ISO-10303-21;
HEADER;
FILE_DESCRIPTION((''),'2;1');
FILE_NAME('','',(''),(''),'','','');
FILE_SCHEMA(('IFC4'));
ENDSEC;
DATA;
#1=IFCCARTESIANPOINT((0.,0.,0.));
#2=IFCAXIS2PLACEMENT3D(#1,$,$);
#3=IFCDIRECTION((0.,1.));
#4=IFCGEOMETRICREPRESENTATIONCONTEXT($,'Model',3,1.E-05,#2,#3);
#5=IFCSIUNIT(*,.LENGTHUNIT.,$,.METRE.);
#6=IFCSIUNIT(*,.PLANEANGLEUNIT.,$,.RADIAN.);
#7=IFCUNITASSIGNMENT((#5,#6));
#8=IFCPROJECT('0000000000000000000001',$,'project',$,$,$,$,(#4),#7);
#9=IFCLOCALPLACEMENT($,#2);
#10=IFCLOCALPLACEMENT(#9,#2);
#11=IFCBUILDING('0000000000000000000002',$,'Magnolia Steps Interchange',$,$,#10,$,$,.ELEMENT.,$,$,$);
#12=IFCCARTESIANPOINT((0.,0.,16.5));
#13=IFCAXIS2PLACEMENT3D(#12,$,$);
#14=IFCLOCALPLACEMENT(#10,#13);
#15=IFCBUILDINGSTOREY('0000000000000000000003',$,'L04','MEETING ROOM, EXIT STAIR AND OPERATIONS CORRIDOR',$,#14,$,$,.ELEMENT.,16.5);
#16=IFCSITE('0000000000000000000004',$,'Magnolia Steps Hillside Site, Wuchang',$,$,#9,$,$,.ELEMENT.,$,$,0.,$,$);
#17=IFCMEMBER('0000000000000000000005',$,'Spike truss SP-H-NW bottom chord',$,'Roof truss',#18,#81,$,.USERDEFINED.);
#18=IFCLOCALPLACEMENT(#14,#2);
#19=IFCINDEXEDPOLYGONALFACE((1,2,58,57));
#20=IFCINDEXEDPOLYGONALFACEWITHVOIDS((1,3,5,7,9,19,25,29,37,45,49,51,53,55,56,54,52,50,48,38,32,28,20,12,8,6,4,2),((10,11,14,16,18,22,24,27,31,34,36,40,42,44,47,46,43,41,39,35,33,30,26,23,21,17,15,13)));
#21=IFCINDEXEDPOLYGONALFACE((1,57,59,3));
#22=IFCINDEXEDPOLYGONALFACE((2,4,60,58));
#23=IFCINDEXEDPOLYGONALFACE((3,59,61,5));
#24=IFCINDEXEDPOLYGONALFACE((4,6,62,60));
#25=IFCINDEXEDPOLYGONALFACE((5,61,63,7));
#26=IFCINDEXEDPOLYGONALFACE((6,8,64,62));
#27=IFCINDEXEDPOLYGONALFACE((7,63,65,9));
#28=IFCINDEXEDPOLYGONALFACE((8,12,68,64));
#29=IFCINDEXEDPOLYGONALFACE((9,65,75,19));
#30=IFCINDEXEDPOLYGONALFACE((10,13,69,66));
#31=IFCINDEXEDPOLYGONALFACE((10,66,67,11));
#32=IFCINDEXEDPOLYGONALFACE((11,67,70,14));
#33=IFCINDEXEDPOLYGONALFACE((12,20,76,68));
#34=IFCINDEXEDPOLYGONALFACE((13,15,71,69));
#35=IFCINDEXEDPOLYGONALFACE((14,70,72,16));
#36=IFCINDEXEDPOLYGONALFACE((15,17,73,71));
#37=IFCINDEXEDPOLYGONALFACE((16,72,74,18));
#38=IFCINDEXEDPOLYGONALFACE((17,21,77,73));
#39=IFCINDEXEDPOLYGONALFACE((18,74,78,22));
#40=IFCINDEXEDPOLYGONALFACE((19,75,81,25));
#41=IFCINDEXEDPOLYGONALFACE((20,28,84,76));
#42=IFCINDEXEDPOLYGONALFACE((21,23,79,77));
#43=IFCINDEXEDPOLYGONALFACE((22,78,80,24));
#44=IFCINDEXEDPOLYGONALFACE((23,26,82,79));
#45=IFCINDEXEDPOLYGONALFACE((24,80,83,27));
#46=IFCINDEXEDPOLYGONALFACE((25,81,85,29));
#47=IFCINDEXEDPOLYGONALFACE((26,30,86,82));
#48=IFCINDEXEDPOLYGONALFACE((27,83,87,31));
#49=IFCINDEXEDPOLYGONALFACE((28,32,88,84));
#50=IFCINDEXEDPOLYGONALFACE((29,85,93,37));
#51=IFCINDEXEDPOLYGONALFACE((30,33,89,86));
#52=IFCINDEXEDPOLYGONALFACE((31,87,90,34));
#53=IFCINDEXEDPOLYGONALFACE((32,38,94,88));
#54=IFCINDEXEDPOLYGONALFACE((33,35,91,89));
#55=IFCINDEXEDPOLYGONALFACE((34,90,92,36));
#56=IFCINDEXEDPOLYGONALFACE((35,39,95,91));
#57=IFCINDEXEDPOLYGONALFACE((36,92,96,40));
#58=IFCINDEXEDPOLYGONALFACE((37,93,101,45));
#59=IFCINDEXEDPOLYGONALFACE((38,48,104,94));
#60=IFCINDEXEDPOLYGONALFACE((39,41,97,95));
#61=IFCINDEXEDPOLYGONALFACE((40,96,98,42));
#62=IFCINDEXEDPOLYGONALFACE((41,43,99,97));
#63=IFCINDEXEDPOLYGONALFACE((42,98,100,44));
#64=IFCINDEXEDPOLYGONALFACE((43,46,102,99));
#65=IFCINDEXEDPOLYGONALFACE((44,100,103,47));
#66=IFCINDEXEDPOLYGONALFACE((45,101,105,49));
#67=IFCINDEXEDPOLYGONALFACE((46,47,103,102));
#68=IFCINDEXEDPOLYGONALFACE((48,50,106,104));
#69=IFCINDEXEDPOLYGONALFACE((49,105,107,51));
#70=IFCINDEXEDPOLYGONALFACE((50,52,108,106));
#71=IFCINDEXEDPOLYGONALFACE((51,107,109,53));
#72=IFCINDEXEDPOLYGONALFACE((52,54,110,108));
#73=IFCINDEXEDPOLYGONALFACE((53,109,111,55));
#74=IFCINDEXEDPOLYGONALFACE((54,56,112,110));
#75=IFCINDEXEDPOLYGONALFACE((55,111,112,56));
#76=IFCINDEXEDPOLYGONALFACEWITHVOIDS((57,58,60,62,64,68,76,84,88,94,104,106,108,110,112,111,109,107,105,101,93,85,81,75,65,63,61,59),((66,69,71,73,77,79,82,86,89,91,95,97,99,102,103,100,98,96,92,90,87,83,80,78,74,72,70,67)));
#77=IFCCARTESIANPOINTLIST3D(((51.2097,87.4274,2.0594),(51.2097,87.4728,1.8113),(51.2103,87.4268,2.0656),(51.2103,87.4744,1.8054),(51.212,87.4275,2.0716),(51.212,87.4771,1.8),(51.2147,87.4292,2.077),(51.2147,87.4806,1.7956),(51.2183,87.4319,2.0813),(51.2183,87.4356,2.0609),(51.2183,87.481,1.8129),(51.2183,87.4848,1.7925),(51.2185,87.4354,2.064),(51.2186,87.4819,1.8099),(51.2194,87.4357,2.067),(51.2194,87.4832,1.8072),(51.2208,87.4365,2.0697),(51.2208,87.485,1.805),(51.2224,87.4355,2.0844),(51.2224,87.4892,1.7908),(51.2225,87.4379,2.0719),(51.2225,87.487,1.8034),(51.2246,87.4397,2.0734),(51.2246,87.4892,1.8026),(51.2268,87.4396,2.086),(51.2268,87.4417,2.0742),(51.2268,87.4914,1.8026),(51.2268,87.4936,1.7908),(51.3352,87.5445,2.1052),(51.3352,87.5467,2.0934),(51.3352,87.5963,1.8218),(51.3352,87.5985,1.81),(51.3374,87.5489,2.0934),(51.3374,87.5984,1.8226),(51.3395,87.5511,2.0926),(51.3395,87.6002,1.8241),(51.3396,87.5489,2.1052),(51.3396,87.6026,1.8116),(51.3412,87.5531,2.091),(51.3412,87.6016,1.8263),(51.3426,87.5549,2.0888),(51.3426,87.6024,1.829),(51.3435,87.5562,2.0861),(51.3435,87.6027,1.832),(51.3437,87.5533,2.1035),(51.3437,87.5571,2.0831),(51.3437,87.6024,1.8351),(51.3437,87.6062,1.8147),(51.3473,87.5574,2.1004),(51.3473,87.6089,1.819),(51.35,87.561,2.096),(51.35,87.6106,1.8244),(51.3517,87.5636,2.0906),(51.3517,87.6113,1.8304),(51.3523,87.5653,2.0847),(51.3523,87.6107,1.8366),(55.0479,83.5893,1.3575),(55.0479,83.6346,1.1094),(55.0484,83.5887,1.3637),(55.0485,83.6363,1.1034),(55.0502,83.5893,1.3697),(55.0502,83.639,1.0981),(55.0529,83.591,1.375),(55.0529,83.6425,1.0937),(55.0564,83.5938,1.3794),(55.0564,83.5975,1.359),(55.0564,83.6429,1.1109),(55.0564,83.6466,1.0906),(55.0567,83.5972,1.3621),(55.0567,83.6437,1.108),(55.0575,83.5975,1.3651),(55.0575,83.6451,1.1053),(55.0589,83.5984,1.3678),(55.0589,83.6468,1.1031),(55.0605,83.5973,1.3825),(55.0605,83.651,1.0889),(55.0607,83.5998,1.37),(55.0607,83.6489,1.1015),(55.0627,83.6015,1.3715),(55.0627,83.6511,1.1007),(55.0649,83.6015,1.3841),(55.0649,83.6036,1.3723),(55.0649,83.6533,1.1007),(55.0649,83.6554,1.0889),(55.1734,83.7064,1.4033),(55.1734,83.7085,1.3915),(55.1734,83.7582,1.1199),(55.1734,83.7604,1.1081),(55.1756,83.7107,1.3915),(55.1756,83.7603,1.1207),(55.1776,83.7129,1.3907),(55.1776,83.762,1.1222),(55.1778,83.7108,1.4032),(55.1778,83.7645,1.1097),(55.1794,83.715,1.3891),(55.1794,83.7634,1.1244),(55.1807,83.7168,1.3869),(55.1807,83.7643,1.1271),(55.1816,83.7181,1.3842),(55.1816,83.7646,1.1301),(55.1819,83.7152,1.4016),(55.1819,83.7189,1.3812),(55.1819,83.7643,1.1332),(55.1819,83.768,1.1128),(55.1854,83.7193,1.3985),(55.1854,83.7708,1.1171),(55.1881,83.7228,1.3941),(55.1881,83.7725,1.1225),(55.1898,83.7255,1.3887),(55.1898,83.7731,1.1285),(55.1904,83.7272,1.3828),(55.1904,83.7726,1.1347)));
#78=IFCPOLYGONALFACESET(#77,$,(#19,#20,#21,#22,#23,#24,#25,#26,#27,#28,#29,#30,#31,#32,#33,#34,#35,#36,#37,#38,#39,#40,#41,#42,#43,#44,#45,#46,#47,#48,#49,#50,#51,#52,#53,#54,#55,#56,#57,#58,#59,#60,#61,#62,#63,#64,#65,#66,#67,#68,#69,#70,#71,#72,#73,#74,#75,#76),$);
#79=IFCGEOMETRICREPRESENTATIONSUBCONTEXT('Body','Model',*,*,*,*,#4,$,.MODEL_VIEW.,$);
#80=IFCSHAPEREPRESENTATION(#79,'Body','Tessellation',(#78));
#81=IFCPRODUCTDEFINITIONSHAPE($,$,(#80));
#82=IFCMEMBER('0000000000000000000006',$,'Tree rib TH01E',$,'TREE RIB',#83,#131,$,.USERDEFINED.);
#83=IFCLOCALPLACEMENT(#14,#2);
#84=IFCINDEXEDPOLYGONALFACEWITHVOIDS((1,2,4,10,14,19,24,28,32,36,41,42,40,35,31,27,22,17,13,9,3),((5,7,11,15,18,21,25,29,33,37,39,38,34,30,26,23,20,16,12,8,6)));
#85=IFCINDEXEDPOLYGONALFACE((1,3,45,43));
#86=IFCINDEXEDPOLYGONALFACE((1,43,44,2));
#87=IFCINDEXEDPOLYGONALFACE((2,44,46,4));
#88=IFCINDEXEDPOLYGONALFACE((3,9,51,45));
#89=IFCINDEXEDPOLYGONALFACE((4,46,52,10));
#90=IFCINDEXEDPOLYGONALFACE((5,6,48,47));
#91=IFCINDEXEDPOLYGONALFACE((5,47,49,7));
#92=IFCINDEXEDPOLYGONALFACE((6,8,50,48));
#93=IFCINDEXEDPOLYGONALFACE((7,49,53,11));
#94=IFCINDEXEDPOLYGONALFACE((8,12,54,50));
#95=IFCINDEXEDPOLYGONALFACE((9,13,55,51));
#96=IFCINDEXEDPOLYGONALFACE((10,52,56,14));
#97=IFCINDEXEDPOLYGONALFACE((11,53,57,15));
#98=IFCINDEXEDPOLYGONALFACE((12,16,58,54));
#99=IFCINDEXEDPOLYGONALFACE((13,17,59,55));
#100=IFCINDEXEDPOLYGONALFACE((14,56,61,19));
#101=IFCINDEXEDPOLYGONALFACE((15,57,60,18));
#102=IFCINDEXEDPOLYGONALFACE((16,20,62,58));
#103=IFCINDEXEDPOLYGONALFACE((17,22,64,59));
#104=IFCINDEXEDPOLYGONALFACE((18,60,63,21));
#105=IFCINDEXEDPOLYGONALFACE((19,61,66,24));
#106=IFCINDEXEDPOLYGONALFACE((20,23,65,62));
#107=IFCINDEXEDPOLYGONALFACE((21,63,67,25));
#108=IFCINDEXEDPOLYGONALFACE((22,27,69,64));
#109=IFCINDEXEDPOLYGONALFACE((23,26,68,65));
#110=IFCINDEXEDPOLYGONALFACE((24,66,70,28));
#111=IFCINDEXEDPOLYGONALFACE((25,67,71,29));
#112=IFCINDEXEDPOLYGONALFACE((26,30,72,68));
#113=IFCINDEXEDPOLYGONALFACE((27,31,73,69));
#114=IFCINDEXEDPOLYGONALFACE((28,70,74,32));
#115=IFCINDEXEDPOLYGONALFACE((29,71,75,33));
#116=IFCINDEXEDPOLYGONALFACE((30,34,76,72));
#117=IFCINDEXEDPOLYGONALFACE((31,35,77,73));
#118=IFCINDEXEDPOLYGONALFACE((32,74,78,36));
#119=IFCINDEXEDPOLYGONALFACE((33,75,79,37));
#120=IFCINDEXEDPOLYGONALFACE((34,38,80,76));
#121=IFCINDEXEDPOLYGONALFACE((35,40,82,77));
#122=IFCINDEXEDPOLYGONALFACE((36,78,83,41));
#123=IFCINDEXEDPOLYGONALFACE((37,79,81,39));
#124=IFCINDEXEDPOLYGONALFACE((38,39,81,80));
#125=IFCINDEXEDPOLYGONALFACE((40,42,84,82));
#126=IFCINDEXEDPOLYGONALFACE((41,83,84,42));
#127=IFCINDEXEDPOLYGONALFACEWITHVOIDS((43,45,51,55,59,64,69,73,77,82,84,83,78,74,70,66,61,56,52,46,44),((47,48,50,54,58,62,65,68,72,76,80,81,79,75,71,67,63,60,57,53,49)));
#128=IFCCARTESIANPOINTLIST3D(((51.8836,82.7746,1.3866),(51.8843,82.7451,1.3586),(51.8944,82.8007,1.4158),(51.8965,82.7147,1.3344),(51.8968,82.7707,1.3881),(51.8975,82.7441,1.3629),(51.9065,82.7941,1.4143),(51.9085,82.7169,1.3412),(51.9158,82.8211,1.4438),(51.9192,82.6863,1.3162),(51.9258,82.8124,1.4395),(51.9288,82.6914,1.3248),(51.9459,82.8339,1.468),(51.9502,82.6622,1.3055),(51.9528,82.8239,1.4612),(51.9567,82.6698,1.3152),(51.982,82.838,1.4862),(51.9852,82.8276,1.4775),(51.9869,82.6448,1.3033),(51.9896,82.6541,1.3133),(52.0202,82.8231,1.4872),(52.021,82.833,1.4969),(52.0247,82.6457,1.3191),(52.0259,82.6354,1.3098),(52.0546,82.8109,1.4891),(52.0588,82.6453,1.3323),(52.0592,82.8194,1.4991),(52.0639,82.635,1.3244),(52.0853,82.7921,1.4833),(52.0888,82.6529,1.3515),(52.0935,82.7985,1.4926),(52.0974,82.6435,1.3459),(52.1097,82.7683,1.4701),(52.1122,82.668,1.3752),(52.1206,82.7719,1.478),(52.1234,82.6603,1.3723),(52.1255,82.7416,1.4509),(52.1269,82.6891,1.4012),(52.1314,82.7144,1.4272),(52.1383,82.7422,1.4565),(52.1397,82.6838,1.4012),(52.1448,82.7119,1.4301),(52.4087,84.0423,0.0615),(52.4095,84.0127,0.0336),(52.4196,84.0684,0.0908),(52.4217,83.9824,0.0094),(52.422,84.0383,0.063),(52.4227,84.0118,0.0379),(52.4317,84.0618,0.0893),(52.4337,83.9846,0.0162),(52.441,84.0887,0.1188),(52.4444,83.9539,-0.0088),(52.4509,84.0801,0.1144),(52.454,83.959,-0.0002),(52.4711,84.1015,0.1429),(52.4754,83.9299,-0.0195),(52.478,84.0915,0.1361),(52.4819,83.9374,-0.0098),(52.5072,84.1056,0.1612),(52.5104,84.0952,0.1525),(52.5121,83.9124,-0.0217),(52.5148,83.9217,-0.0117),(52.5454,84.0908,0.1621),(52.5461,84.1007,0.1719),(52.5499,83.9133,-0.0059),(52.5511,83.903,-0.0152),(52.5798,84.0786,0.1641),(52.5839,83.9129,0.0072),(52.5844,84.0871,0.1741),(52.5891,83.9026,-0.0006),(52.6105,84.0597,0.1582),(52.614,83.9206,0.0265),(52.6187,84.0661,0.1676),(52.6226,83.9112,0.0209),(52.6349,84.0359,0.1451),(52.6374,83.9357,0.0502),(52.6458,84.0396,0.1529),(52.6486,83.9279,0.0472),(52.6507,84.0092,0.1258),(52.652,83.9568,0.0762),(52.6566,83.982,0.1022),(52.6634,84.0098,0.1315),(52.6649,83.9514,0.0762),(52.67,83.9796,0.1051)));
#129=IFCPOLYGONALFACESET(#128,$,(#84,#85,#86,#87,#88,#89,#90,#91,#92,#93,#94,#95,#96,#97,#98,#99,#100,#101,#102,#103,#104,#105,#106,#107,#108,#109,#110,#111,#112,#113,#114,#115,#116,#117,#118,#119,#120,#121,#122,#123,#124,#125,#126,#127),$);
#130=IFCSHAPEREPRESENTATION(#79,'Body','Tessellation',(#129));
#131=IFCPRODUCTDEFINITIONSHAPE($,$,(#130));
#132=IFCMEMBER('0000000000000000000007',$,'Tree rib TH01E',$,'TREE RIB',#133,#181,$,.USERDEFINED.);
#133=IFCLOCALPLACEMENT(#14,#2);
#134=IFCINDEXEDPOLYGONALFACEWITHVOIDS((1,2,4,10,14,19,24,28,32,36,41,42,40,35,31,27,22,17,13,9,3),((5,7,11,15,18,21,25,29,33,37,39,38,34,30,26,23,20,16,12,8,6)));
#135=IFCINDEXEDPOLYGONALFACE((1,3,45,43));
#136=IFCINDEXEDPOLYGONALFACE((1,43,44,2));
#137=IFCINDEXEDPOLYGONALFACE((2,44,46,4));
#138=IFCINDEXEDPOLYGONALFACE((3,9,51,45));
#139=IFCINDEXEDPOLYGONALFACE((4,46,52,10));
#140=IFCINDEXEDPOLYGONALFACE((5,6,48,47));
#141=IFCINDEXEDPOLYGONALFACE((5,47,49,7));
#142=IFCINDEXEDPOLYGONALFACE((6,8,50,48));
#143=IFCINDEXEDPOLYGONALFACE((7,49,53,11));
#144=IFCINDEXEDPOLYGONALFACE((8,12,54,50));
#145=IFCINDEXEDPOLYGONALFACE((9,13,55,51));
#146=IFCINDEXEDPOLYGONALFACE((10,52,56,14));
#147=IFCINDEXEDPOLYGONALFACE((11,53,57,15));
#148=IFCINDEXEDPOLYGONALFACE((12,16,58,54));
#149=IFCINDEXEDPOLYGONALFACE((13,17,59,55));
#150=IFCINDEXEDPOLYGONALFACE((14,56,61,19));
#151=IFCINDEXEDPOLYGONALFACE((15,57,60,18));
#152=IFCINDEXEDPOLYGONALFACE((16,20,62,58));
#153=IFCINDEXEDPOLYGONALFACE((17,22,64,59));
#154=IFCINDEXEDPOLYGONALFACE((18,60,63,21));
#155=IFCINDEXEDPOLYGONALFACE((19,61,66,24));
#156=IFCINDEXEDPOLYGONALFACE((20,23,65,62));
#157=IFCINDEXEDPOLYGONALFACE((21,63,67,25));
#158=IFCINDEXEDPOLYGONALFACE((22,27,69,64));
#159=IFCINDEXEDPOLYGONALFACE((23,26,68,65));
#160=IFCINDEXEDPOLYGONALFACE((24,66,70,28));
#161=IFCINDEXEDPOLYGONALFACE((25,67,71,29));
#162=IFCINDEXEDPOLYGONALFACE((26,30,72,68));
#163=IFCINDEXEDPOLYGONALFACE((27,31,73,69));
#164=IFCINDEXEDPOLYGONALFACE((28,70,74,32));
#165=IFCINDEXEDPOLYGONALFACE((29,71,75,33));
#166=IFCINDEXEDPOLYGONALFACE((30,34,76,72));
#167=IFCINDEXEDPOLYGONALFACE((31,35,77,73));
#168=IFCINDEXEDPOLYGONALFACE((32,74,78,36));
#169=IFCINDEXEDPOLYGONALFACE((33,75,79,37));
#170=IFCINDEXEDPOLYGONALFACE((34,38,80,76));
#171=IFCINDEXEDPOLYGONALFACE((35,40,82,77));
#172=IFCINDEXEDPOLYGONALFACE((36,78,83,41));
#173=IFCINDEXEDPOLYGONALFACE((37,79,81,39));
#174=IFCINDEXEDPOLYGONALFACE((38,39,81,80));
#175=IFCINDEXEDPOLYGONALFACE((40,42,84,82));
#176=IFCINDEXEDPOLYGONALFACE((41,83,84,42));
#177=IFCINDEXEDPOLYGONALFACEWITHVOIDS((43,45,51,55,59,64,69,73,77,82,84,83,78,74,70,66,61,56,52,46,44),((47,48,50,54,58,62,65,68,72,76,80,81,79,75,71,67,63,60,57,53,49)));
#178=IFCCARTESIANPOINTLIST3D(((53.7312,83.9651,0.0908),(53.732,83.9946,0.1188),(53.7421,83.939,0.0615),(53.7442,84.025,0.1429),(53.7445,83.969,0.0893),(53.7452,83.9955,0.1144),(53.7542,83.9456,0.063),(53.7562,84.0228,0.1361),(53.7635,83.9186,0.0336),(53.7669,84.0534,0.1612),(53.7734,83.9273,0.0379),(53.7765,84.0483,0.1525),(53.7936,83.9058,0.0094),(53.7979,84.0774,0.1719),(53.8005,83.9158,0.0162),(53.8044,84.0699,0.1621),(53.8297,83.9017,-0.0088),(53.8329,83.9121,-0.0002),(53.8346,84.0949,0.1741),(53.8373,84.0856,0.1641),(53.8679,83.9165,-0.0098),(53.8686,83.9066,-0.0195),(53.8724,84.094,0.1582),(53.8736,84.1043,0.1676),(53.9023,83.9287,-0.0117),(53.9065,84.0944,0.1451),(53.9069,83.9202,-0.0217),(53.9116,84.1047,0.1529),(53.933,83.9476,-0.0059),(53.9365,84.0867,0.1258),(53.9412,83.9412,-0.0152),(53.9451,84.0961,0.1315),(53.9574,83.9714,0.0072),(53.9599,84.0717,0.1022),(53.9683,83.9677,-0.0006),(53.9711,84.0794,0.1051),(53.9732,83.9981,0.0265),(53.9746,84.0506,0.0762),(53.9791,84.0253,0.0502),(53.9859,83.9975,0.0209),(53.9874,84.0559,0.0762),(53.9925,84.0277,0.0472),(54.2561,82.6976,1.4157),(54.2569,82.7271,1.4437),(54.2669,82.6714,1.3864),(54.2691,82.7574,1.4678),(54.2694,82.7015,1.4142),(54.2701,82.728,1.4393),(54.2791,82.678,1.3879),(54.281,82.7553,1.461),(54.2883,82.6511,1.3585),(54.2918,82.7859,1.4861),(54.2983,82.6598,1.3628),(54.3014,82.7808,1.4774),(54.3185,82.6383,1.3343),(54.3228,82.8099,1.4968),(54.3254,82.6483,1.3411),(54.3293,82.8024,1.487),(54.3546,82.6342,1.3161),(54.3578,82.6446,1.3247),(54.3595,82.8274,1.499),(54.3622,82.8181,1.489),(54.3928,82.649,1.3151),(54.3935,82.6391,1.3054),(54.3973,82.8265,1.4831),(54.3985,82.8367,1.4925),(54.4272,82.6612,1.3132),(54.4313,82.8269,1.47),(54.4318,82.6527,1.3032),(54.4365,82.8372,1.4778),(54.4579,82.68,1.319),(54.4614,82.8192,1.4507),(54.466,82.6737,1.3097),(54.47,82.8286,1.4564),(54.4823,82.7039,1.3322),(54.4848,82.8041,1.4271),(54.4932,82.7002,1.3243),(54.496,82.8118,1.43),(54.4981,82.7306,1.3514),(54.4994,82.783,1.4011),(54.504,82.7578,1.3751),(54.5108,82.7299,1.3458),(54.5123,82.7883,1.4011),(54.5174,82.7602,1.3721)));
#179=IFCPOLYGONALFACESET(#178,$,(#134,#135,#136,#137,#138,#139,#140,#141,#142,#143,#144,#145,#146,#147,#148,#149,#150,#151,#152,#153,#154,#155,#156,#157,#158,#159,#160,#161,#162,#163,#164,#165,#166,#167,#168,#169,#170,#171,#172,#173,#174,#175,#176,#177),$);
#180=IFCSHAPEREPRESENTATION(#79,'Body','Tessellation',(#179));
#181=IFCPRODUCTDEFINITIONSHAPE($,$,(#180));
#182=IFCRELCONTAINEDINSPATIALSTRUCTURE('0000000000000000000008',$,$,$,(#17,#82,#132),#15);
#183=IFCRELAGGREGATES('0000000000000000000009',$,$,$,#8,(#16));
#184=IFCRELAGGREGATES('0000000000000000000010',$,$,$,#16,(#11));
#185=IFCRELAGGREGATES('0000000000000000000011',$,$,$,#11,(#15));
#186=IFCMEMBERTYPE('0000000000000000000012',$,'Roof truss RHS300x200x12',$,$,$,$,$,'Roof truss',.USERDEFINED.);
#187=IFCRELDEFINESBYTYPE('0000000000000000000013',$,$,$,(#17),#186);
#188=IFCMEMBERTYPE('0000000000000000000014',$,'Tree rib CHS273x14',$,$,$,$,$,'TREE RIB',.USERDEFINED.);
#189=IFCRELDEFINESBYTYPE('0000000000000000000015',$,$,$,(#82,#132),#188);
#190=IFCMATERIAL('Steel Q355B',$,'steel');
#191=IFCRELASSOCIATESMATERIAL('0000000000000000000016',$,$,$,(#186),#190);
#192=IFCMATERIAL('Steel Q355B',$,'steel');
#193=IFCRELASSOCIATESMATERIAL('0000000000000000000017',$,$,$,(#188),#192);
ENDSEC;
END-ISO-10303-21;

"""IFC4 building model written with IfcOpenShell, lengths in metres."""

from ifc_helpers import new_model, si_unit, direction, frame, origin, origin_2d, place, context, subcontext, project, spatial, hollow_rectangle, hollow_circle, extrude, material, material_profile, profile_set, type_object, element, save


model = new_model("IFC4")

# Units and contexts
model_context = context("Model", 3, precision=1e-05, world=origin(), true_north=direction((0.0, 1.0)))
body_context = subcontext(model_context, "Body", "Model", "MODEL_VIEW")
ifc_project = project(units=[si_unit("LENGTHUNIT", "METRE"), si_unit("PLANEANGLEUNIT", "RADIAN")], contexts=[model_context])

# Site, building, storey
site_placement = place(None, origin())
site = spatial("IfcSite", under=ifc_project, at=site_placement, Name="Magnolia Steps Hillside Site, Wuchang", CompositionType="ELEMENT", RefElevation=0.0)
building_placement = place(site_placement, origin())
building = spatial("IfcBuilding", under=site, at=building_placement, Name="Magnolia Steps Interchange", CompositionType="ELEMENT")
storey_placement = place(building_placement, frame((0.0, 0.0, 16.5)))
storey = spatial("IfcBuildingStorey", under=building, at=storey_placement, Name="L04", Description="MEETING ROOM, EXIT STAIR AND OPERATIONS CORRIDOR", CompositionType="ELEMENT", Elevation=16.5)

# Members
ifc_material_1 = material(Name="Steel Q355B", Category="steel")
ifc_material_profile_1 = material_profile(ifc_material_1, hollow_rectangle(XDim=0.2, YDim=0.3, WallThickness=0.012, InnerFilletRadius=0.012, OuterFilletRadius=0.0239, at=origin_2d()), Name="RHS300x200x12")
ifc_profile_set_1 = profile_set([ifc_material_profile_1], Name="Steel Q355B")
member_type_1 = type_object("IfcMemberType", Name="Roof truss RHS300x200x12", ElementType="Roof truss", PredefinedType="USERDEFINED", material=ifc_profile_set_1)
member_1_placement = place(storey_placement, frame((55.1191, 83.6809, 1.2461), z_axis=(-0.701268, 0.701268, 0.128245), x_axis=(-0.712898, -0.689821, -0.126187)))
element("IfcMember", 1, at=member_1_placement, inside=storey, type_object=member_type_1, Name="Spike truss SP-H-NW bottom chord", ObjectType="Roof truss", PredefinedType="USERDEFINED", context=body_context, shape_type="SweptSolid", body=[
    extrude(hollow_rectangle(XDim=0.2, YDim=0.3, WallThickness=0.012, InnerFilletRadius=0.012, OuterFilletRadius=0.0239, at=origin_2d()), origin(), (0.0, 0.0, 1.0), 5.4731),
])
ifc_material_2 = material(Name="Steel Q355B", Category="steel")
ifc_material_profile_2 = material_profile(ifc_material_2, hollow_circle(Radius=0.1365, WallThickness=0.0139, at=origin_2d()), Name="CHS273x14")
ifc_profile_set_2 = profile_set([ifc_material_profile_2], Name="Steel Q355B")
member_type_2 = type_object("IfcMemberType", Name="Tree rib CHS273x14", ElementType="TREE RIB", PredefinedType="USERDEFINED", material=ifc_profile_set_2)
member_2_placement = place(storey_placement, frame((52.5388, 84.0037, 0.0762), z_axis=(-0.275326, -0.664571, 0.694651), x_axis=(0.923854, -0.382745, 0.0)))
element("IfcMember", 2, at=member_2_placement, inside=storey, type_object=member_type_2, Name="Tree rib TH01E", ObjectType="TREE RIB", PredefinedType="USERDEFINED", context=body_context, shape_type="SweptSolid", body=[
    extrude(hollow_circle(Radius=0.1365, WallThickness=0.0139, at=origin_2d()), origin(), (0.0, 0.0, 1.0), 1.9075),
])
member_3_placement = place(storey_placement, frame((53.8613, 84.0037, 0.0762), z_axis=(0.275208, -0.664595, 0.694676), x_axis=(0.923917, 0.382593, 0.0)))
element("IfcMember", 3, at=member_3_placement, inside=storey, type_object=member_type_2, Name="Tree rib TH01E", ObjectType="TREE RIB", PredefinedType="USERDEFINED", context=body_context, shape_type="SweptSolid", body=[
    extrude(hollow_circle(Radius=0.1365, WallThickness=0.0139, at=origin_2d()), origin(), (0.0, 0.0, 1.0), 1.9072),
])

save(model, "model.ifc")
